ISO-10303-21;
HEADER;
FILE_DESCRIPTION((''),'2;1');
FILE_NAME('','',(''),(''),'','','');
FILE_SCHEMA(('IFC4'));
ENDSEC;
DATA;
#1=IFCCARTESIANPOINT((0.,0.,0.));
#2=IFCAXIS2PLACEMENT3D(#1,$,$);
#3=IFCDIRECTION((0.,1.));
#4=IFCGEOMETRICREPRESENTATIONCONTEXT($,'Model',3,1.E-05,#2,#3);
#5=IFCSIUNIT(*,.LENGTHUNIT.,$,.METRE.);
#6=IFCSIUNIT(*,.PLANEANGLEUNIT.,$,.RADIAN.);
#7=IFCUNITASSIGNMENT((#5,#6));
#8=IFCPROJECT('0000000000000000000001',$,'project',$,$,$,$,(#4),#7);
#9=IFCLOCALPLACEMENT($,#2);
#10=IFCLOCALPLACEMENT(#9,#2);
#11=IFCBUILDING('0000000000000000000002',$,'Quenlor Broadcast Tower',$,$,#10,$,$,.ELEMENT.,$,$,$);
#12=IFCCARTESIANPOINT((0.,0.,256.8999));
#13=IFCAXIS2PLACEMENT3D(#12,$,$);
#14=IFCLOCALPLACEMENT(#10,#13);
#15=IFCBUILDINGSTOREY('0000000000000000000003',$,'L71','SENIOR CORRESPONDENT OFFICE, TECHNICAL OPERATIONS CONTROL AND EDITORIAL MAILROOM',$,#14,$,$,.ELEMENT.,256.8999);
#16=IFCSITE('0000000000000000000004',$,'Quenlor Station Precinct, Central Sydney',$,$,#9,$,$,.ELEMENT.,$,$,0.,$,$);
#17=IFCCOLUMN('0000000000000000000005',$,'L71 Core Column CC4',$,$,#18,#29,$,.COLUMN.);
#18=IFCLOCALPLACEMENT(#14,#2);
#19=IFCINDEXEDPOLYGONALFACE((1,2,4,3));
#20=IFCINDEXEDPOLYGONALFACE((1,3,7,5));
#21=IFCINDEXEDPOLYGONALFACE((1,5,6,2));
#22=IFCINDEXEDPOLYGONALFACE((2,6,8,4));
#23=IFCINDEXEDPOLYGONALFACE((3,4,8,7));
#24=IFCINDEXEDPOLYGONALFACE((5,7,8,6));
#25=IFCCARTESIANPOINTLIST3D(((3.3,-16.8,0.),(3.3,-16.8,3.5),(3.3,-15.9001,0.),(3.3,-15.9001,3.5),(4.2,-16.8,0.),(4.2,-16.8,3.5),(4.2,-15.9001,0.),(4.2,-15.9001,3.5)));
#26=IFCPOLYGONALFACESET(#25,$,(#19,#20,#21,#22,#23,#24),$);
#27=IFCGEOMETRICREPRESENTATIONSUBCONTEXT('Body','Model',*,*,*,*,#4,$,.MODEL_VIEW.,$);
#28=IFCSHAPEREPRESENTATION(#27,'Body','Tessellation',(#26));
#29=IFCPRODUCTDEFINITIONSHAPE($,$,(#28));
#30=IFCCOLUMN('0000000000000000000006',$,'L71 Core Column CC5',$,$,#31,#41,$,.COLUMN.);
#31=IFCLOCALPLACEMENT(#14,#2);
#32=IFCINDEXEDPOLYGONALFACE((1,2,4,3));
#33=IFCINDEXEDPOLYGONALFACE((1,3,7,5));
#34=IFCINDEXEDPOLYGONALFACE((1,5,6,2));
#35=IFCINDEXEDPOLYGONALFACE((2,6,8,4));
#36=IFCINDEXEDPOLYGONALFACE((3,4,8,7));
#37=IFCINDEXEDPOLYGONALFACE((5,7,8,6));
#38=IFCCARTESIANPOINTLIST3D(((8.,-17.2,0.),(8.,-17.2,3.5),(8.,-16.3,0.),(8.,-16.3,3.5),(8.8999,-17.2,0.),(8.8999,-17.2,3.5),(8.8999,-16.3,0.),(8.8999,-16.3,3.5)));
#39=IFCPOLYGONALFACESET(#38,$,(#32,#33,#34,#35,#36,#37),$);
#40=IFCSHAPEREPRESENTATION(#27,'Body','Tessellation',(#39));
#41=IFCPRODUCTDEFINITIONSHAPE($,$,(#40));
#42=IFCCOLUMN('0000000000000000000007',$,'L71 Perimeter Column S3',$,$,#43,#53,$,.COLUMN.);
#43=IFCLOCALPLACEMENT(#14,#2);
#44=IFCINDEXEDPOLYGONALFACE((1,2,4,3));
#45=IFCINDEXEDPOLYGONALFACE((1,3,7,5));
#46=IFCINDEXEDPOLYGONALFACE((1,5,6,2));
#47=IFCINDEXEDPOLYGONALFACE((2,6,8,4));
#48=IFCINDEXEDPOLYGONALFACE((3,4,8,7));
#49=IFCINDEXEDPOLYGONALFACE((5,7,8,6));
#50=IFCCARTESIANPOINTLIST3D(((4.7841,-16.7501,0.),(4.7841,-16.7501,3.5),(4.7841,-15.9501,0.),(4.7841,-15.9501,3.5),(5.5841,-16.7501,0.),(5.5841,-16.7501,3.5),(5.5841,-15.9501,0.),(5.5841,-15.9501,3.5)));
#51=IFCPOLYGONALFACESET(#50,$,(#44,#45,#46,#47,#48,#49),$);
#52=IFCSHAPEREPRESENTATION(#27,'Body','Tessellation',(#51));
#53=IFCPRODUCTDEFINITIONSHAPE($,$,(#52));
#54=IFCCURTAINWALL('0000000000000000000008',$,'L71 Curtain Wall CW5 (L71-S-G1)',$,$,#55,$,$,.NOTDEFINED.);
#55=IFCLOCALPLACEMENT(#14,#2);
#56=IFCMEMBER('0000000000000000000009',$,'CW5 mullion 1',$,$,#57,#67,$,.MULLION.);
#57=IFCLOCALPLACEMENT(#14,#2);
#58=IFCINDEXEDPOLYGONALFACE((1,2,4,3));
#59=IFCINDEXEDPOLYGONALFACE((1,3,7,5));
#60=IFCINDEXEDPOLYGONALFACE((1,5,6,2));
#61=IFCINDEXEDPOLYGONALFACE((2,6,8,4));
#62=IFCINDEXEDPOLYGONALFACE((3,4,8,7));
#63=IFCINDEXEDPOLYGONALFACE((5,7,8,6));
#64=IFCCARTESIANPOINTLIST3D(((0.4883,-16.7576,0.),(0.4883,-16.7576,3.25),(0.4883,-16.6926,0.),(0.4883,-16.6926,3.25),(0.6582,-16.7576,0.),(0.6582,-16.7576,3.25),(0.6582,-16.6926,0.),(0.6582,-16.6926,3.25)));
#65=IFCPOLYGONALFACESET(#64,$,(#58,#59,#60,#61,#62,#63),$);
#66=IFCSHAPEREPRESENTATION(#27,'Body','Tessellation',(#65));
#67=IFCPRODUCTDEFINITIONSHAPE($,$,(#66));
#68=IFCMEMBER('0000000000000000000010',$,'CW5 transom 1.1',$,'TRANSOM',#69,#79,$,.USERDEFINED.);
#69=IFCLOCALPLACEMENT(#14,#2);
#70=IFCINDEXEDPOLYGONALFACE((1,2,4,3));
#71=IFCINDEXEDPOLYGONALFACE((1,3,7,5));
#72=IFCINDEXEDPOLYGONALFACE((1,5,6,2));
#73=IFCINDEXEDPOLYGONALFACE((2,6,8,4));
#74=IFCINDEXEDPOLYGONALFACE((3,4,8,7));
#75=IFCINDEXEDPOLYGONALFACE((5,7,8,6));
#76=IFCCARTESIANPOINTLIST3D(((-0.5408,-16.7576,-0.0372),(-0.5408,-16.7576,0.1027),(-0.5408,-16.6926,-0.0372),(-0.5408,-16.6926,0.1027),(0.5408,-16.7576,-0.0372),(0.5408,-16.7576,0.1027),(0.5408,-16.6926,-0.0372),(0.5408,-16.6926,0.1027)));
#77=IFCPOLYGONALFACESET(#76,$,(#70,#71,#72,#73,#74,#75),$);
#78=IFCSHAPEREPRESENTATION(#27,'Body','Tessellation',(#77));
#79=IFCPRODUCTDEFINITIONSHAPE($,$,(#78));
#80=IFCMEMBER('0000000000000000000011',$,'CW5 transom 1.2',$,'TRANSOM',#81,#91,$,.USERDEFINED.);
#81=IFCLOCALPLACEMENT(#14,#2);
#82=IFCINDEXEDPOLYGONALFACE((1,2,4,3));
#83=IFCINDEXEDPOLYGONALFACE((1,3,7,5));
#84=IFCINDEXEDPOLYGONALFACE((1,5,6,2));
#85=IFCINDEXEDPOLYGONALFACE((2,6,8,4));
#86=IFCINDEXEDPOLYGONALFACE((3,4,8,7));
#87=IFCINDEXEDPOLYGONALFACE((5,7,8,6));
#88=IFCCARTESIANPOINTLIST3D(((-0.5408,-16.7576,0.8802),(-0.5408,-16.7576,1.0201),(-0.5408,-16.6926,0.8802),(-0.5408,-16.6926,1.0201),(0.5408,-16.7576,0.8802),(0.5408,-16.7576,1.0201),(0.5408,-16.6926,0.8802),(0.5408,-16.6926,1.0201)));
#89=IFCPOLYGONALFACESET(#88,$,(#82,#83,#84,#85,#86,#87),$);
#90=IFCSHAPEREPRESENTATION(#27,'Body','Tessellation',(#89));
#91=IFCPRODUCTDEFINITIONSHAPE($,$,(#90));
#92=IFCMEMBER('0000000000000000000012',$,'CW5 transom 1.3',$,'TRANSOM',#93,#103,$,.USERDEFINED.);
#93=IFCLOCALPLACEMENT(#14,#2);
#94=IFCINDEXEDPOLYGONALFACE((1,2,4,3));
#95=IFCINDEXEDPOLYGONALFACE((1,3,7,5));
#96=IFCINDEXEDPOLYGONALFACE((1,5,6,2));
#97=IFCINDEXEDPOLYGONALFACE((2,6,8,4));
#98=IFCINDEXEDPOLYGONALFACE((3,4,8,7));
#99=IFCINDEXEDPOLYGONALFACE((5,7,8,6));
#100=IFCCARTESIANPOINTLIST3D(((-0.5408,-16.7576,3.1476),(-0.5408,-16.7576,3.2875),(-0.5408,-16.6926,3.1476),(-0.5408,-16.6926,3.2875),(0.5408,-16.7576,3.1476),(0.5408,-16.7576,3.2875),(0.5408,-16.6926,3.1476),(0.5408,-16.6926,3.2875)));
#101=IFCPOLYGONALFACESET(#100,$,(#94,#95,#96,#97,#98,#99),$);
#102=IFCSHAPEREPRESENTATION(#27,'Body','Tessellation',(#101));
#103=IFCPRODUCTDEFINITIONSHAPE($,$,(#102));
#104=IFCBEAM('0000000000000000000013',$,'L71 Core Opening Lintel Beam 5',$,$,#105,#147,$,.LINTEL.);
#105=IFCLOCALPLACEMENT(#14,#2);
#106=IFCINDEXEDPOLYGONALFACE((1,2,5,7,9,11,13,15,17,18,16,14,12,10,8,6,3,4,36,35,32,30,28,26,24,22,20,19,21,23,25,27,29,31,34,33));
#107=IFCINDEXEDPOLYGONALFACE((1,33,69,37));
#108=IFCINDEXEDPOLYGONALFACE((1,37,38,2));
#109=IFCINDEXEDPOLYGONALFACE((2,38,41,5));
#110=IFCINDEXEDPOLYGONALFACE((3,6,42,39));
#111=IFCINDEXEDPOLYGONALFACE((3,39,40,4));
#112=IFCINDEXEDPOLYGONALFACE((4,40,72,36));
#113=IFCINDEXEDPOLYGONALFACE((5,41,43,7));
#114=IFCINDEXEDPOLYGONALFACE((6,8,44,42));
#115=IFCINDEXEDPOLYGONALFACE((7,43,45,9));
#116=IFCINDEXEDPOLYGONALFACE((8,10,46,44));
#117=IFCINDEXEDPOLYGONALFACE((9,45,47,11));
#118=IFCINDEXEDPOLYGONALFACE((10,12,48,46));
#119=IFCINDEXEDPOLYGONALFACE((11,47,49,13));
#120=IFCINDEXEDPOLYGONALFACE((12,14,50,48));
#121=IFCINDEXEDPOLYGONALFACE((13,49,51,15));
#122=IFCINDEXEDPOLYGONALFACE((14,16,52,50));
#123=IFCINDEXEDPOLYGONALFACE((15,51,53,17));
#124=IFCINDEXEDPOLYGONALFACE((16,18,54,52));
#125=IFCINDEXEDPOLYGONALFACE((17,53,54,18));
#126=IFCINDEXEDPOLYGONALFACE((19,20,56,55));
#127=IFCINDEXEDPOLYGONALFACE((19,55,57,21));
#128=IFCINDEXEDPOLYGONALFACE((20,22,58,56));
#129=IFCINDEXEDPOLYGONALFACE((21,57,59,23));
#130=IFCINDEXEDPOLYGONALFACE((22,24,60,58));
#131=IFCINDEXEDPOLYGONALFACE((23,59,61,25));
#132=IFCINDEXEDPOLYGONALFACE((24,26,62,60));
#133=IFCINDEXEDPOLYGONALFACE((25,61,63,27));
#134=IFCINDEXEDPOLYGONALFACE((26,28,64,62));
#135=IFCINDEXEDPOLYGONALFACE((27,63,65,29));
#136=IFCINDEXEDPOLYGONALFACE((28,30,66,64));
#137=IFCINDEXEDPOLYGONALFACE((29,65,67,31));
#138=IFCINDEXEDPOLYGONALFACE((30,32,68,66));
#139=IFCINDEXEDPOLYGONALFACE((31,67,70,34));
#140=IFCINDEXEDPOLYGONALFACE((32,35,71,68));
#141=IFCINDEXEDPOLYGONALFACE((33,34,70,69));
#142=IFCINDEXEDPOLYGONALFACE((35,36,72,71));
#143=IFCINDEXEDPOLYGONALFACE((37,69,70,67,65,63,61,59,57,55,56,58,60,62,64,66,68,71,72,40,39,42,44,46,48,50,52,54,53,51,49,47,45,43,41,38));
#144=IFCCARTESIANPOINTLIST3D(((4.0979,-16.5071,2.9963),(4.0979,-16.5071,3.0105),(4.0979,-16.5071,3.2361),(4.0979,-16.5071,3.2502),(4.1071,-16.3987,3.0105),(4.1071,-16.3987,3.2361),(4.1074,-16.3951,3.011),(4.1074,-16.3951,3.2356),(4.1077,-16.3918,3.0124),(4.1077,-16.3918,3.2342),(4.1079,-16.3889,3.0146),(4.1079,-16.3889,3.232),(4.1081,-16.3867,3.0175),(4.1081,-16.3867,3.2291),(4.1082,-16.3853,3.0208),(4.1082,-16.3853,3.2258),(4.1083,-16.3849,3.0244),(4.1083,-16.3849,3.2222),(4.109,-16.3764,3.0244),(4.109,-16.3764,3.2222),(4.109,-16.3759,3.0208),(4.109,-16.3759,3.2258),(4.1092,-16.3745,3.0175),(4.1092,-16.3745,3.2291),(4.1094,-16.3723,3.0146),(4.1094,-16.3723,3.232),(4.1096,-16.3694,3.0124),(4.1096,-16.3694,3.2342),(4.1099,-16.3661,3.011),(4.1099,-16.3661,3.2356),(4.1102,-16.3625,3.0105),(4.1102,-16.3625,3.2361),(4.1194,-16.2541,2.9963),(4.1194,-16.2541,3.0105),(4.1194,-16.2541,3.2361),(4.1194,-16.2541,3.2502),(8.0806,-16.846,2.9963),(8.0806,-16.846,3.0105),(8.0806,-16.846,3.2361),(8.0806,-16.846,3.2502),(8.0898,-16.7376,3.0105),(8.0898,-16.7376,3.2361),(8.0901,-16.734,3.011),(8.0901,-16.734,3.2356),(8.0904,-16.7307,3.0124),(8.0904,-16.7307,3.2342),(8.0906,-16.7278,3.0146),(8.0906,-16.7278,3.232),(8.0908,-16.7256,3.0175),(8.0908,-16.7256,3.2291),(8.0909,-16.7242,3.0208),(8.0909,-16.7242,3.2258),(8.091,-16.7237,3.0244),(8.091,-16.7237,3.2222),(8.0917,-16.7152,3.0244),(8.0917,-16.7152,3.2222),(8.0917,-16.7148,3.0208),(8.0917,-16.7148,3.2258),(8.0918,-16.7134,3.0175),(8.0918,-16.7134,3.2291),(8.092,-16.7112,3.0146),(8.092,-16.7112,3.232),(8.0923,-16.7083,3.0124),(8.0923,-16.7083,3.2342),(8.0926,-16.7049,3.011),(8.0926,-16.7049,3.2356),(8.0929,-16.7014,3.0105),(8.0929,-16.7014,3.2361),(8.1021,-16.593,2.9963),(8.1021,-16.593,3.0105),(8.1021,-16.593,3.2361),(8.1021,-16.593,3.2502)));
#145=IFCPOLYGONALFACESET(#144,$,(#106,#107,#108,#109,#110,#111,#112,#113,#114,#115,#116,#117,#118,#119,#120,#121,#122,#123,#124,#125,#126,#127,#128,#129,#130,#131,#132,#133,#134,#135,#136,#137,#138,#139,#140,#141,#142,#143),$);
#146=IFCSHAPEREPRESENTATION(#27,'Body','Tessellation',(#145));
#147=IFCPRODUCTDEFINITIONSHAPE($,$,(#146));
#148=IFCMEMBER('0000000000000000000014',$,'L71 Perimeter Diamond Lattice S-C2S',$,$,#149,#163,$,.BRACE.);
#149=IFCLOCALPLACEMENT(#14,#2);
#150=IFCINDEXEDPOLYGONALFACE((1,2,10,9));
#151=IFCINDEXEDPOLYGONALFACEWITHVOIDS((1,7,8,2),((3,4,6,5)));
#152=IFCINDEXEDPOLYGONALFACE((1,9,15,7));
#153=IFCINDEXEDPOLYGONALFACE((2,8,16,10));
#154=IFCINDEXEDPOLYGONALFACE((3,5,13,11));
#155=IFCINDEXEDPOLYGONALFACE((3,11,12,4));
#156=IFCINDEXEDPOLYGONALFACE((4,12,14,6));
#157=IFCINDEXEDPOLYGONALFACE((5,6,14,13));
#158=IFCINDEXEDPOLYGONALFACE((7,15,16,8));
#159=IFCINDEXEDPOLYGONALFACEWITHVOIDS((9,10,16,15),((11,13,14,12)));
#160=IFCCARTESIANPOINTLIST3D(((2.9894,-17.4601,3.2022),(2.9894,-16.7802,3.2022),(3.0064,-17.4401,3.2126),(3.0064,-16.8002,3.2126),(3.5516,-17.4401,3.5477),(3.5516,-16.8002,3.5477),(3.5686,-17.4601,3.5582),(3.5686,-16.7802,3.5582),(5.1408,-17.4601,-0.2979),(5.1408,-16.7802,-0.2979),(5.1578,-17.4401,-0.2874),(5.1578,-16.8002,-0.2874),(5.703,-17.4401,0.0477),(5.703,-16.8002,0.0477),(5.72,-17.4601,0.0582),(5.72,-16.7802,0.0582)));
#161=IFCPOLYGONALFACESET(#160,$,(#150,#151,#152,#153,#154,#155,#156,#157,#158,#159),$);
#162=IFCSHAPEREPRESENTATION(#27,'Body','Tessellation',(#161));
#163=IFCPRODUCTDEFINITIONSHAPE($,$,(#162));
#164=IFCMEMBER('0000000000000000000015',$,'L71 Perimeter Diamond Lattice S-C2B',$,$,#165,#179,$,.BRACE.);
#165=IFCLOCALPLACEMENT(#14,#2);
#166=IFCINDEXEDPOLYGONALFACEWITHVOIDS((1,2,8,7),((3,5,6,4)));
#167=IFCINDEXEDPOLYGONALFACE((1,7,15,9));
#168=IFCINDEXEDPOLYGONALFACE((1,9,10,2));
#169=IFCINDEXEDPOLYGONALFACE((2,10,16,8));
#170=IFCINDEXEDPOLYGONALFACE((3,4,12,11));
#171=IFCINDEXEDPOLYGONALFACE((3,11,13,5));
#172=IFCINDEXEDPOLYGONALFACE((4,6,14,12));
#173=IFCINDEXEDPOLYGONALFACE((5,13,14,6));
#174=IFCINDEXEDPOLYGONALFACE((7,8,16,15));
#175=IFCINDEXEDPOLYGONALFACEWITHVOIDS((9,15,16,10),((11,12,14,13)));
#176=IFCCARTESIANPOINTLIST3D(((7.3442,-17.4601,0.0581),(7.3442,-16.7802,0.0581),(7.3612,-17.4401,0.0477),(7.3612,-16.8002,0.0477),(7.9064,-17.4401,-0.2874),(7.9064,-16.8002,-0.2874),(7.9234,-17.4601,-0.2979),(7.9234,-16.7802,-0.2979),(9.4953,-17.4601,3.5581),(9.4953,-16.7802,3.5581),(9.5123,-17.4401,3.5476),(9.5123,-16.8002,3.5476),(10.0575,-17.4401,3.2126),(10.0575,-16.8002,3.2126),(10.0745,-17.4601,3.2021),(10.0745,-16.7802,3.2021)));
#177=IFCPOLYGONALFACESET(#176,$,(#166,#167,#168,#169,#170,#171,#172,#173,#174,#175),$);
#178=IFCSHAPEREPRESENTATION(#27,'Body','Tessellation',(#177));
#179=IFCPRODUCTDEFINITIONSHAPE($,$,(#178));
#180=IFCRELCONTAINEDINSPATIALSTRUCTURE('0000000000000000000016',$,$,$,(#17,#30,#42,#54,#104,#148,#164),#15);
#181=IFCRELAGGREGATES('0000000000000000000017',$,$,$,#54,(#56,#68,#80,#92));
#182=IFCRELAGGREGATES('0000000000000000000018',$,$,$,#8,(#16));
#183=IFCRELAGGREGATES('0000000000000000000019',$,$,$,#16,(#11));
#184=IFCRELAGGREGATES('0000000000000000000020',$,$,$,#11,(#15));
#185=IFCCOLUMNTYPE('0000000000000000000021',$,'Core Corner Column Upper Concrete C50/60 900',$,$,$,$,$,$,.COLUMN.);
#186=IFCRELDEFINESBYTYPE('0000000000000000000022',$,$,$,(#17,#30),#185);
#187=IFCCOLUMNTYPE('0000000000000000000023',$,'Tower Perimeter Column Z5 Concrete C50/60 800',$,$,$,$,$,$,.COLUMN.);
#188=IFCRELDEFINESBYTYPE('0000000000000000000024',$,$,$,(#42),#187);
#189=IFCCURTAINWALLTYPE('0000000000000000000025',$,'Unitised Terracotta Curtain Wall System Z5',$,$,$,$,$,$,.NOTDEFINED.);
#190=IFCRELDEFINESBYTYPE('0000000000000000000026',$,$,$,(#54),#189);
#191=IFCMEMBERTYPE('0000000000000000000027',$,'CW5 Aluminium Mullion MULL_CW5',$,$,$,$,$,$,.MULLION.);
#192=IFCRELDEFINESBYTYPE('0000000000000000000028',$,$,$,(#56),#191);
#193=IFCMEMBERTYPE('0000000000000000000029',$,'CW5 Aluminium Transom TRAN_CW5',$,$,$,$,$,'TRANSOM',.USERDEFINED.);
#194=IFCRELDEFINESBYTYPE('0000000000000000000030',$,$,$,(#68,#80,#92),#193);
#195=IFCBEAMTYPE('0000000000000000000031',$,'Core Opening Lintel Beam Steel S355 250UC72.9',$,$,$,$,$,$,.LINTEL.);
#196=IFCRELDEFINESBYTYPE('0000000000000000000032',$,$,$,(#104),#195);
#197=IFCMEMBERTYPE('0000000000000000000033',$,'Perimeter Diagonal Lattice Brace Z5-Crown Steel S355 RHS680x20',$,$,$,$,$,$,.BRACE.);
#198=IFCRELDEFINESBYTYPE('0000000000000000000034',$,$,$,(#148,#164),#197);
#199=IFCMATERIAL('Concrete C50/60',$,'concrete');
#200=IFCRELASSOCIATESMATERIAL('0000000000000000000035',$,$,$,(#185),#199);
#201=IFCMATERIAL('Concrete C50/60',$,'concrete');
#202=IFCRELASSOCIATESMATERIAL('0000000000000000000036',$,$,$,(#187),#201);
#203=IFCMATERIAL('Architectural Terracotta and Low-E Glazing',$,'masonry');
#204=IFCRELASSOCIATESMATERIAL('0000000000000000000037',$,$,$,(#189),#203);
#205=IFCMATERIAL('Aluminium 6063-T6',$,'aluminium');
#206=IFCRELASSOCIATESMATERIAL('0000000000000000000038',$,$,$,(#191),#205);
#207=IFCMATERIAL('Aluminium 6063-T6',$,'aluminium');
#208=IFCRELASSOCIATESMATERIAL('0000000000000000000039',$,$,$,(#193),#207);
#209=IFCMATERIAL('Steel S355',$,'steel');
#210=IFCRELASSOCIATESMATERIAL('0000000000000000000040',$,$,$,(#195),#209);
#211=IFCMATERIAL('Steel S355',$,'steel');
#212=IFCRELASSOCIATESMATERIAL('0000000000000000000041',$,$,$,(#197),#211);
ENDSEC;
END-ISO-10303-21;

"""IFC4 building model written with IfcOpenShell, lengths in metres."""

from ifc_helpers import new_model, si_unit, direction, frame, origin, origin_2d, place, context, subcontext, project, spatial, rectangle, hollow_rectangle, i_section, extrude, material, material_profile, profile_set, type_object, element, aggregate, save


model = new_model("IFC4")

# Units and contexts
model_context = context("Model", 3, precision=1e-05, world=origin(), true_north=direction((0.0, 1.0)))
body_context = subcontext(model_context, "Body", "Model", "MODEL_VIEW")
ifc_project = project(units=[si_unit("LENGTHUNIT", "METRE"), si_unit("PLANEANGLEUNIT", "RADIAN")], contexts=[model_context])

# Site, building, storey
site_placement = place(None, origin())
site = spatial("IfcSite", under=ifc_project, at=site_placement, Name="Quenlor Station Precinct, Central Sydney", CompositionType="ELEMENT", RefElevation=0.0)
building_placement = place(site_placement, origin())
building = spatial("IfcBuilding", under=site, at=building_placement, Name="Quenlor Broadcast Tower", CompositionType="ELEMENT")
storey_placement = place(building_placement, frame((0.0, 0.0, 256.8999)))
storey = spatial("IfcBuildingStorey", under=building, at=storey_placement, Name="L71", Description="SENIOR CORRESPONDENT OFFICE, TECHNICAL OPERATIONS CONTROL AND EDITORIAL MAILROOM", CompositionType="ELEMENT", Elevation=256.8999)

# Columns
ifc_material_1 = material(Name="Concrete C50/60", Category="concrete")
ifc_material_profile_1 = material_profile(ifc_material_1, rectangle(XDim=0.8999, YDim=0.8999, at=origin_2d()))
ifc_profile_set_1 = profile_set([ifc_material_profile_1], Name="Concrete C50/60 RC900x900")
column_type_1 = type_object("IfcColumnType", Name="Core Corner Column Upper Concrete C50/60 900", PredefinedType="COLUMN", material=ifc_profile_set_1)
for number, where, z_axis, x_axis, name in (
    (1, (3.75, -16.3501, 0.0), (0.0, 0.0, 1.0), (1.0, 0.0, 0.0), "L71 Core Column CC4"),
    (2, (8.45, -16.75, 0.0), (0.0, 0.0, 1.0), (1.0, 0.0, 0.0), "L71 Core Column CC5"),
):
    element("IfcColumn", number, at=place(storey_placement, frame(where, z_axis=z_axis, x_axis=x_axis)), inside=storey, type_object=column_type_1, Name=name, PredefinedType="COLUMN", context=body_context, shape_type="SweptSolid", body=[
        extrude(rectangle(XDim=0.8999, YDim=0.8999, at=origin_2d()), origin(), (0.0, 0.0, 1.0), 3.5),
    ])
ifc_material_2 = material(Name="Concrete C50/60", Category="concrete")
ifc_material_profile_2 = material_profile(ifc_material_2, rectangle(XDim=0.8, YDim=0.8, at=origin_2d()))
ifc_profile_set_2 = profile_set([ifc_material_profile_2], Name="Concrete C50/60 RC800x800")
column_type_2 = type_object("IfcColumnType", Name="Tower Perimeter Column Z5 Concrete C50/60 800", PredefinedType="COLUMN", material=ifc_profile_set_2)
column_placement = place(storey_placement, frame((5.1841, -16.3501, 0.0), z_axis=(0.0, 0.0, 1.0), x_axis=(0.0, 1.0, 0.0)))
element("IfcColumn", 3, at=column_placement, inside=storey, type_object=column_type_2, Name="L71 Perimeter Column S3", PredefinedType="COLUMN", context=body_context, shape_type="SweptSolid", body=[
    extrude(rectangle(XDim=0.8, YDim=0.8, at=origin_2d()), origin(), (0.0, 0.0, 1.0), 3.5),
])

# Curtain wall, members
ifc_material_3 = material(Name="Architectural Terracotta and Low-E Glazing", Category="masonry")
curtain_wall_type = type_object("IfcCurtainWallType", Name="Unitised Terracotta Curtain Wall System Z5", PredefinedType="NOTDEFINED", material=ifc_material_3)
curtain_wall_placement = place(storey_placement, origin())
curtain_wall = element("IfcCurtainWall", 4, at=curtain_wall_placement, inside=storey, type_object=curtain_wall_type, Name="L71 Curtain Wall CW5 (L71-S-G1)", PredefinedType="NOTDEFINED")
ifc_material_4 = material(Name="Aluminium 6063-T6", Category="aluminium")
ifc_material_profile_3 = material_profile(ifc_material_4, rectangle(XDim=0.0649, YDim=0.1699, at=origin_2d()))
ifc_profile_set_3 = profile_set([ifc_material_profile_3], Name="Aluminium 6063-T6 MULL65x170")
member_type_1 = type_object("IfcMemberType", Name="CW5 Aluminium Mullion MULL_CW5", PredefinedType="MULLION", material=ifc_profile_set_3)
member_1_placement = place(storey_placement, frame((0.5732, -16.7251, 0.0), z_axis=(0.0, 0.0, 1.0), x_axis=(0.0, -1.0, 0.0)))
member_1 = element("IfcMember", 5, at=member_1_placement, type_object=member_type_1, Name="CW5 mullion 1", PredefinedType="MULLION", context=body_context, shape_type="SweptSolid", body=[
    extrude(rectangle(XDim=0.0649, YDim=0.1699, at=origin_2d()), origin(), (0.0, 0.0, 1.0), 3.25),
])
ifc_material_5 = material(Name="Aluminium 6063-T6", Category="aluminium")
ifc_material_profile_4 = material_profile(ifc_material_5, rectangle(XDim=0.0649, YDim=0.1399, at=origin_2d()))
ifc_profile_set_4 = profile_set([ifc_material_profile_4], Name="Aluminium 6063-T6 TRAN65x140")
member_type_2 = type_object("IfcMemberType", Name="CW5 Aluminium Transom TRAN_CW5", ElementType="TRANSOM", PredefinedType="USERDEFINED", material=ifc_profile_set_4)
member_2_placement = place(storey_placement, frame((0.5408, -16.7251, 0.0327), z_axis=(-1.0, 0.0, 0.0), x_axis=(0.0, -1.0, 0.0)))
member_2 = element("IfcMember", 6, at=member_2_placement, type_object=member_type_2, Name="CW5 transom 1.1", ObjectType="TRANSOM", PredefinedType="USERDEFINED", context=body_context, shape_type="SweptSolid", body=[
    extrude(rectangle(XDim=0.0649, YDim=0.1399, at=origin_2d()), origin(), (0.0, 0.0, 1.0), 1.0815),
])
member_3_placement = place(storey_placement, frame((0.5408, -16.7251, 0.9502), z_axis=(-1.0, 0.0, 0.0), x_axis=(0.0, -1.0, 0.0)))
member_3 = element("IfcMember", 7, at=member_3_placement, type_object=member_type_2, Name="CW5 transom 1.2", ObjectType="TRANSOM", PredefinedType="USERDEFINED", context=body_context, shape_type="SweptSolid", body=[
    extrude(rectangle(XDim=0.0649, YDim=0.1399, at=origin_2d()), origin(), (0.0, 0.0, 1.0), 1.0815),
])
member_4_placement = place(storey_placement, frame((0.5408, -16.7251, 3.2175), z_axis=(-1.0, 0.0, 0.0), x_axis=(0.0, -1.0, 0.0)))
member_4 = element("IfcMember", 8, at=member_4_placement, type_object=member_type_2, Name="CW5 transom 1.3", ObjectType="TRANSOM", PredefinedType="USERDEFINED", context=body_context, shape_type="SweptSolid", body=[
    extrude(rectangle(XDim=0.0649, YDim=0.1399, at=origin_2d()), origin(), (0.0, 0.0, 1.0), 1.0815),
])
aggregate(curtain_wall, [member_1, member_2, member_3, member_4])

# Beam
ifc_material_6 = material(Name="Steel S355", Category="steel")
ifc_material_profile_5 = material_profile(ifc_material_6, i_section(OverallWidth=0.2539, OverallDepth=0.2539, WebThickness=0.0085, FlangeThickness=0.0142, FilletRadius=0.0139, at=origin_2d()))
ifc_profile_set_5 = profile_set([ifc_material_profile_5], Name="Steel S355 250UC72.9")
beam_type_1 = type_object("IfcBeamType", Name="Core Opening Lintel Beam Steel S355 250UC72.9", PredefinedType="LINTEL", material=ifc_profile_set_5)
beam_1_placement = place(storey_placement, frame((4.1086, -16.3806, 3.1233), z_axis=(0.9964, -0.084779, 0.0), x_axis=(0.084779, 0.9964, 0.0)))
element("IfcBeam", 9, at=beam_1_placement, inside=storey, type_object=beam_type_1, Name="L71 Core Opening Lintel Beam 5", PredefinedType="LINTEL", context=body_context, shape_type="SweptSolid", body=[
    extrude(i_section(OverallWidth=0.2539, OverallDepth=0.2539, WebThickness=0.0085, FlangeThickness=0.0142, FilletRadius=0.0139, at=origin_2d()), origin(), (0.0, 0.0, 1.0), 3.9971),
])

# Members
ifc_material_7 = material(Name="Steel S355", Category="steel")
ifc_material_profile_6 = material_profile(ifc_material_7, hollow_rectangle(XDim=0.6799, YDim=0.6799, WallThickness=0.02, at=origin_2d()))
ifc_profile_set_6 = profile_set([ifc_material_profile_6], Name="Steel S355 RHS680x680x20")
member_type_3 = type_object("IfcMemberType", Name="Perimeter Diagonal Lattice Brace Z5-Crown Steel S355 RHS680x20", PredefinedType="BRACE", material=ifc_profile_set_6)
member_5_placement = place(storey_placement, frame((5.4304, -17.1201, -0.1199), z_axis=(-0.52366, 0.0, 0.851928), x_axis=(0.0, -1.0, 0.0)))
element("IfcMember", 10, at=member_5_placement, inside=storey, type_object=member_type_3, Name="L71 Perimeter Diamond Lattice S-C2S", PredefinedType="BRACE", context=body_context, shape_type="SweptSolid", body=[
    extrude(hollow_rectangle(XDim=0.6799, YDim=0.6799, WallThickness=0.02, at=origin_2d()), origin(), (0.0, 0.0, 1.0), 4.1084),
])
for number, where, z_axis, x_axis, name in (
    (11, (7.6338, -17.1201, -0.1199), (0.523617, 0.0, 0.851954), (0.0, 1.0, 0.0), "L71 Perimeter Diamond Lattice S-C2B"),
):
    element("IfcMember", number, at=place(storey_placement, frame(where, z_axis=z_axis, x_axis=x_axis)), inside=storey, type_object=member_type_3, Name=name, PredefinedType="BRACE", context=body_context, shape_type="SweptSolid", body=[
        extrude(hollow_rectangle(XDim=0.6799, YDim=0.6799, WallThickness=0.02, at=origin_2d()), origin(), (0.0, 0.0, 1.0), 4.1082),
    ])

save(model, "model.ifc")
